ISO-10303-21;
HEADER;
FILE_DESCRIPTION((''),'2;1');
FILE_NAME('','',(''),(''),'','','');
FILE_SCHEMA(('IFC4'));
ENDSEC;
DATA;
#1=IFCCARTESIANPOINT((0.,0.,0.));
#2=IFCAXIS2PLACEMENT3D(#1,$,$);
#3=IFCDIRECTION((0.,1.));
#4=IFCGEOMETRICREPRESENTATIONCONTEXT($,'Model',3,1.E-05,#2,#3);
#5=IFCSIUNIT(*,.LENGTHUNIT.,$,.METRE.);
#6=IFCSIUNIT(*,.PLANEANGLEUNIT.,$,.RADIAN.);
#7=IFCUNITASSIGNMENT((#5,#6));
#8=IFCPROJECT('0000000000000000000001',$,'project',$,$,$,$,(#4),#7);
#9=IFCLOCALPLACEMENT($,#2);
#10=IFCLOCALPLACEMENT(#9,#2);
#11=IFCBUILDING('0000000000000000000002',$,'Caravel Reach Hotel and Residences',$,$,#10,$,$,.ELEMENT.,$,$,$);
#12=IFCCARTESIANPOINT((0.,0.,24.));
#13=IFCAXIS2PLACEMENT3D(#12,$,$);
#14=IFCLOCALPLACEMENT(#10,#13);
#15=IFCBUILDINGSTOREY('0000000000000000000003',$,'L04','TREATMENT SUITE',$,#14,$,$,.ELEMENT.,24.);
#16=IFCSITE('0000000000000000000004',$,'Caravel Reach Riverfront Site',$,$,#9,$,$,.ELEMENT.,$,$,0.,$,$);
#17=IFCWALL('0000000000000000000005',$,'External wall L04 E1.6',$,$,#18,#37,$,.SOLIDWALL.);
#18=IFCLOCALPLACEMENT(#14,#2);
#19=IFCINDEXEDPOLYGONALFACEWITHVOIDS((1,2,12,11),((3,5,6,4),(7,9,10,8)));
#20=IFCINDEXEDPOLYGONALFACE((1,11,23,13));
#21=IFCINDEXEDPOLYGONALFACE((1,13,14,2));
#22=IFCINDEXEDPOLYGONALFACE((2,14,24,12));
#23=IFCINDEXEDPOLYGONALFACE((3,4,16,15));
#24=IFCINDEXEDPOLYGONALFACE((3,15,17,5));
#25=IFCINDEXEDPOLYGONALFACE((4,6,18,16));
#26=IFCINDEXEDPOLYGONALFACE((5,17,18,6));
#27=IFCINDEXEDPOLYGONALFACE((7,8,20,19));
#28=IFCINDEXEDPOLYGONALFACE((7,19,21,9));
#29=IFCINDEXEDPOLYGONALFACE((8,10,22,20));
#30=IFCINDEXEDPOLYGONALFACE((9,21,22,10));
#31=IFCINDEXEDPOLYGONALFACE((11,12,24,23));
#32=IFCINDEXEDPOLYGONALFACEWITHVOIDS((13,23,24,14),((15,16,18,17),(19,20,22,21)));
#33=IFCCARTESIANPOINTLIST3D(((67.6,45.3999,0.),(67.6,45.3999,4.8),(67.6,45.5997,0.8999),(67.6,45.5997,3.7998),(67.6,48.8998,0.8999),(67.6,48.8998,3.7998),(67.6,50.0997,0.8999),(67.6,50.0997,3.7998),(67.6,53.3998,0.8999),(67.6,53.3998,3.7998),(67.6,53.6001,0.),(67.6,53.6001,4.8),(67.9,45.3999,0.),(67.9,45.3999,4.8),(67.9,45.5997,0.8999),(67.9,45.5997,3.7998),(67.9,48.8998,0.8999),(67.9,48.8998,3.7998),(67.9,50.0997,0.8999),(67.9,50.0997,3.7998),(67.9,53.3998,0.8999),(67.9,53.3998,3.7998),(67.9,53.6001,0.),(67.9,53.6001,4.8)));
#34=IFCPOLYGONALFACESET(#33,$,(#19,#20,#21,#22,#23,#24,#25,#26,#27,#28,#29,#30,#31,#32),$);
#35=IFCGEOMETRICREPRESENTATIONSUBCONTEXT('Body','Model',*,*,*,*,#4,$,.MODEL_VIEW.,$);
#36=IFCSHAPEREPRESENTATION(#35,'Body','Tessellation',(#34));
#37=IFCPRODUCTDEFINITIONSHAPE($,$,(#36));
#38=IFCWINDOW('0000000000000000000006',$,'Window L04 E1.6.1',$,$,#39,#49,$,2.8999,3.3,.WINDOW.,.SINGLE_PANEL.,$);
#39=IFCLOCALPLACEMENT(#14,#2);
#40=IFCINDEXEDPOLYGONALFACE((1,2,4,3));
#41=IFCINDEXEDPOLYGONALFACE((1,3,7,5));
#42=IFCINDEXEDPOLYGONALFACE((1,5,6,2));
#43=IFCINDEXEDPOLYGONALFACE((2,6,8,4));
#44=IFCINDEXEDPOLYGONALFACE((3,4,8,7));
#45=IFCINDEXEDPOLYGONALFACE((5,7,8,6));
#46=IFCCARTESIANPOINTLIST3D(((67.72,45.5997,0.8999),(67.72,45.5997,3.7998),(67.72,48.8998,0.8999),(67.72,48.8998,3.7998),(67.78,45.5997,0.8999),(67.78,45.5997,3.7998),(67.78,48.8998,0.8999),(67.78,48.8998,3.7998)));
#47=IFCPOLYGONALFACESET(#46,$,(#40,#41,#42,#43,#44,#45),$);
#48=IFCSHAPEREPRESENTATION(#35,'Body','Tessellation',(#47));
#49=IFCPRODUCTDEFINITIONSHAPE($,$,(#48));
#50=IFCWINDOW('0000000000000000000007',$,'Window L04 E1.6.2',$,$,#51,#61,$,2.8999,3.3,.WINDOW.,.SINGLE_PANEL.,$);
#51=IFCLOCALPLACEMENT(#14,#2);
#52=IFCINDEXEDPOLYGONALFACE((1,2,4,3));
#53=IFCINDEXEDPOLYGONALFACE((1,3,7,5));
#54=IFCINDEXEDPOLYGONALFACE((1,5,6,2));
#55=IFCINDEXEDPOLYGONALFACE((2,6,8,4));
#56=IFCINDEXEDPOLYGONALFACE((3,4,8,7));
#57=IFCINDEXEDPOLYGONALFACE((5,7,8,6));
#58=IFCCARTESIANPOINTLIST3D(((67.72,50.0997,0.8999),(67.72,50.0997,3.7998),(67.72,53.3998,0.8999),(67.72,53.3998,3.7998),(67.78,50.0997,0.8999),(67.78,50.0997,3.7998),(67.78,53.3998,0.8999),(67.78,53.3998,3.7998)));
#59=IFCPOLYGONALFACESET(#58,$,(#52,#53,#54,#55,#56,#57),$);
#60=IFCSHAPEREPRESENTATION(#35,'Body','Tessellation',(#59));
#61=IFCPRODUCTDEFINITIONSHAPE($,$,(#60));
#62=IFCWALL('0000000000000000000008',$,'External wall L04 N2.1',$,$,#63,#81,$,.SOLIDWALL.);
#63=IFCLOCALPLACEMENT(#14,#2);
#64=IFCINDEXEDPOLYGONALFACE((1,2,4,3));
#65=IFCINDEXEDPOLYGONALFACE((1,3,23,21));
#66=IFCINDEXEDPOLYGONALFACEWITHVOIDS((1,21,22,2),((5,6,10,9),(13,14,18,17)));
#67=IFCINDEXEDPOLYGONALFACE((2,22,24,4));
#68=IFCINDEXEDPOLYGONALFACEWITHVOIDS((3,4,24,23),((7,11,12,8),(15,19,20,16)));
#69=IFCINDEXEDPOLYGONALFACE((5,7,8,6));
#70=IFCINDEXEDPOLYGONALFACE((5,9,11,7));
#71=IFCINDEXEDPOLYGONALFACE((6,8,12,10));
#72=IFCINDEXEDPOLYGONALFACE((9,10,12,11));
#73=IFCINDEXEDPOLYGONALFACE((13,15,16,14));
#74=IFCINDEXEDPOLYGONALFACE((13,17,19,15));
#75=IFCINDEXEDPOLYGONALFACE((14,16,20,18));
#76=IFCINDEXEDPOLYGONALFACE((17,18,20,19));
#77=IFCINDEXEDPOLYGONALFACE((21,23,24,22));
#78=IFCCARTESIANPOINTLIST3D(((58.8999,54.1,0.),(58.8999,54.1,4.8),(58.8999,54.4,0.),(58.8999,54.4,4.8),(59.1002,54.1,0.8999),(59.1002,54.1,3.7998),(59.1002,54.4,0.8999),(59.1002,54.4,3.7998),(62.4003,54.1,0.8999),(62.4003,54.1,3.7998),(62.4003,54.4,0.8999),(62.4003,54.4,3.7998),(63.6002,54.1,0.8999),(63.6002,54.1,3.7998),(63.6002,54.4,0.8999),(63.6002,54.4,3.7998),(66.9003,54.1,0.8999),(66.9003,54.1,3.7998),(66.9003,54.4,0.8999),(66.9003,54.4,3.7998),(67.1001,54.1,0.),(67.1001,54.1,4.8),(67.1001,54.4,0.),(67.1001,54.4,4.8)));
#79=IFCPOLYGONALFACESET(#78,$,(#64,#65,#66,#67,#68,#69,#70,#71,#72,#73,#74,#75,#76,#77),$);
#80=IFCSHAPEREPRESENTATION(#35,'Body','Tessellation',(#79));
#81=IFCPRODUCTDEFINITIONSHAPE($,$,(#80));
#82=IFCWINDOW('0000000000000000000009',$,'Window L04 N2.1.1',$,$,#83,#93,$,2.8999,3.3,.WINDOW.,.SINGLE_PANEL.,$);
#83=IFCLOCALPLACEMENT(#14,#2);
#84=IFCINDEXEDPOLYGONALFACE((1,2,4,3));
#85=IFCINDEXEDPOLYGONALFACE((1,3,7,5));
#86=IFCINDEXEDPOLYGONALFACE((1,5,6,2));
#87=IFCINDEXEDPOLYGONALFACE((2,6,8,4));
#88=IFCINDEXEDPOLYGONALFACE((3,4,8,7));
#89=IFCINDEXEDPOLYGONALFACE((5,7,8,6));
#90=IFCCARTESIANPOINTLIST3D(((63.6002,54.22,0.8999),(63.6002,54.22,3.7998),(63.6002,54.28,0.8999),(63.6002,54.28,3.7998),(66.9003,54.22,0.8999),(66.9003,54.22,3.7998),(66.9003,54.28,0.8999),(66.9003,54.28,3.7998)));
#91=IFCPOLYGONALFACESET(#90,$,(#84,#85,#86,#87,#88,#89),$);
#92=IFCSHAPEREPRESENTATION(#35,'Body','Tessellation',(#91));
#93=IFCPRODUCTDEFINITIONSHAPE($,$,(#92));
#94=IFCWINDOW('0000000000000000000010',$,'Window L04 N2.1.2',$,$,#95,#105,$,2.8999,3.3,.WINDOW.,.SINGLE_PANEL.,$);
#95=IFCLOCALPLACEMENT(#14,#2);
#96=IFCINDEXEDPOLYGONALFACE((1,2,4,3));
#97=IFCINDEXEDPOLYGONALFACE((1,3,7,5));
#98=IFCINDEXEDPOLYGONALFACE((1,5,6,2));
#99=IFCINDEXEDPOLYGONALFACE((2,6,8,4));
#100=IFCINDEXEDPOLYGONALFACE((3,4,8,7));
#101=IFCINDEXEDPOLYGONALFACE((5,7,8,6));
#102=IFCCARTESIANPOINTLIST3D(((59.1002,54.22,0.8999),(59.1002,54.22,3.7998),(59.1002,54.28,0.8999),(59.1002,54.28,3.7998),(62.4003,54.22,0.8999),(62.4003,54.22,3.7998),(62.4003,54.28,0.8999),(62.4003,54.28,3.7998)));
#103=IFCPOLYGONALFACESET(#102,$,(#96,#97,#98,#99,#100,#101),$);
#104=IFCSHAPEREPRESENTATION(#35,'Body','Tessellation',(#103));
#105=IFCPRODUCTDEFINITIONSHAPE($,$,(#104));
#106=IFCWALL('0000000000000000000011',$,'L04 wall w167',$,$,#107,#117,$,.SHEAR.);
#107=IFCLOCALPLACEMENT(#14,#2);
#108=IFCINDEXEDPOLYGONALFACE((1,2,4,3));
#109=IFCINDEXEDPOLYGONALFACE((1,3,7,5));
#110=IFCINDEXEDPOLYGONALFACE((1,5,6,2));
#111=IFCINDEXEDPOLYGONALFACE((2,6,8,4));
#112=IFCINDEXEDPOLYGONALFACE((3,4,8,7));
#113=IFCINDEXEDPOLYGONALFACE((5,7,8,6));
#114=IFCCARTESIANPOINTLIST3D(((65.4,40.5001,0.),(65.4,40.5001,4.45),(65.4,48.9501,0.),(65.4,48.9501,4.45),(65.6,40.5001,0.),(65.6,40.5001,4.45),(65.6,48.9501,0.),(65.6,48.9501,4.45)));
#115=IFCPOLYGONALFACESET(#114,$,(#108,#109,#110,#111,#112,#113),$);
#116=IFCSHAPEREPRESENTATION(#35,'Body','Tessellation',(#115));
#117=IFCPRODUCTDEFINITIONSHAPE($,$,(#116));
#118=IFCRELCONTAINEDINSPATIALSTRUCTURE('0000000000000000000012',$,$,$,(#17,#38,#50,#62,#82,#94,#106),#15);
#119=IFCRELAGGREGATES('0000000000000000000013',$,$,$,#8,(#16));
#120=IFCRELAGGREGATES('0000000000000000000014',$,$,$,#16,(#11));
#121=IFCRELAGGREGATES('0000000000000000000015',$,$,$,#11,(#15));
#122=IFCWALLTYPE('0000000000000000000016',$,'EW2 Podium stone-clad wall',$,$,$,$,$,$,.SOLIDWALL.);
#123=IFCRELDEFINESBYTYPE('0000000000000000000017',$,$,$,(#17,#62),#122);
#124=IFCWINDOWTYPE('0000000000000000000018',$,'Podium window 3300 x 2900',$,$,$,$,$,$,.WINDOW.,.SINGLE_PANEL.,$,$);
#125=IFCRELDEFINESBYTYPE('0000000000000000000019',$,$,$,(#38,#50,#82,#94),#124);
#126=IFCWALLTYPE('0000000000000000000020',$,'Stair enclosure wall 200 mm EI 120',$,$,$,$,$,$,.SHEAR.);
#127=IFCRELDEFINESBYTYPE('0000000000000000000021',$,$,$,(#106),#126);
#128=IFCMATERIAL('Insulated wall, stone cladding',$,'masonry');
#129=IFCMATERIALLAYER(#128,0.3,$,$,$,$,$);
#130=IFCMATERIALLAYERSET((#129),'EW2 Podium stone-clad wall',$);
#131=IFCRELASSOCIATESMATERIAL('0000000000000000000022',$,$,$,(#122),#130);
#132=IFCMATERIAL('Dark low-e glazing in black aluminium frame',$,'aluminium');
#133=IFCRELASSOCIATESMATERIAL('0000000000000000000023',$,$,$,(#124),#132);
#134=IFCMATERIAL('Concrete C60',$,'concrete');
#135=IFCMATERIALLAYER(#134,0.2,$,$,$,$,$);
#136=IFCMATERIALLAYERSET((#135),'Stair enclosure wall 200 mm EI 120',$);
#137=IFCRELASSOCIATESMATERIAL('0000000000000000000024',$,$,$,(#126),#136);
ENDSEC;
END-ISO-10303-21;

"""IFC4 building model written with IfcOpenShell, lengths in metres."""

from ifc_helpers import new_model, si_unit, direction, frame, frame_2d, origin, place, context, subcontext, project, spatial, rectangle, extrude, material, layer, layer_set, type_object, element, fill, save


model = new_model("IFC4")

# Units and contexts
model_context = context("Model", 3, precision=1e-05, world=origin(), true_north=direction((0.0, 1.0)))
body_context = subcontext(model_context, "Body", "Model", "MODEL_VIEW")
ifc_project = project(units=[si_unit("LENGTHUNIT", "METRE"), si_unit("PLANEANGLEUNIT", "RADIAN")], contexts=[model_context])

# Site, building, storey
site_placement = place(None, origin())
site = spatial("IfcSite", under=ifc_project, at=site_placement, Name="Caravel Reach Riverfront Site", CompositionType="ELEMENT", RefElevation=0.0)
building_placement = place(site_placement, origin())
building = spatial("IfcBuilding", under=site, at=building_placement, Name="Caravel Reach Hotel and Residences", CompositionType="ELEMENT")
storey_placement = place(building_placement, frame((0.0, 0.0, 24.0)))
storey = spatial("IfcBuildingStorey", under=building, at=storey_placement, Name="L04", Description="TREATMENT SUITE", CompositionType="ELEMENT", Elevation=24.0)

# Walls, openings, windows
ifc_material_1 = material(Name="Insulated wall, stone cladding", Category="masonry")
ifc_layer_1 = layer(ifc_material_1, 0.3)
ifc_layer_set_1 = layer_set([ifc_layer_1], Name="EW2 Podium stone-clad wall")
wall_type_1 = type_object("IfcWallType", Name="EW2 Podium stone-clad wall", PredefinedType="SOLIDWALL", material=ifc_layer_set_1)
wall_1_placement = place(storey_placement, frame((67.75, 45.3999, 0.0), z_axis=(0.0, 0.0, 1.0), x_axis=(0.0, 1.0, 0.0)))
wall_1 = element("IfcWall", 1, at=wall_1_placement, inside=storey, type_object=wall_type_1, Name="External wall L04 E1.6", PredefinedType="SOLIDWALL", context=body_context, shape_type="SweptSolid", body=[
    extrude(rectangle(XDim=8.2002, YDim=0.3, at=frame_2d((4.1001, 0.0))), origin(), (0.0, 0.0, 1.0), 4.8),
])
opening_1_placement = place(wall_1_placement, frame((0.2, 0.0, 0.8999)))
opening_1 = element("IfcOpeningElement", 2, at=opening_1_placement, cuts=wall_1, PredefinedType="OPENING", context=body_context, shape_type="SweptSolid", body=[
    extrude(rectangle(XDim=3.3, YDim=2.8999, at=frame_2d((1.6499, 1.45))), frame((0.0, 0.1599, 0.0), z_axis=(0.0, -1.0, 0.0), x_axis=(1.0, 0.0, 0.0)), (0.0, 0.0, 1.0), 0.3201),
])
opening_2_placement = place(wall_1_placement, frame((4.7, 0.0, 0.8999)))
opening_2 = element("IfcOpeningElement", 3, at=opening_2_placement, cuts=wall_1, PredefinedType="OPENING", context=body_context, shape_type="SweptSolid", body=[
    extrude(rectangle(XDim=3.3, YDim=2.8999, at=frame_2d((1.6499, 1.45))), frame((0.0, 0.1599, 0.0), z_axis=(0.0, -1.0, 0.0), x_axis=(1.0, 0.0, 0.0)), (0.0, 0.0, 1.0), 0.3201),
])
ifc_material_2 = material(Name="Dark low-e glazing in black aluminium frame", Category="aluminium")
window_type = type_object("IfcWindowType", Name="Podium window 3300 x 2900", PartitioningType="SINGLE_PANEL", PredefinedType="WINDOW", material=ifc_material_2)
window_1_placement = place(opening_1_placement, origin())
window_1 = element("IfcWindow", 4, at=window_1_placement, inside=storey, type_object=window_type, Name="Window L04 E1.6.1", OverallHeight=2.8999, OverallWidth=3.3, PartitioningType="SINGLE_PANEL", PredefinedType="WINDOW", context=body_context, shape_type="SweptSolid", body=[
    extrude(rectangle(XDim=3.3, YDim=2.8999, at=frame_2d((1.6499, 1.45))), frame((0.0, 0.03, 0.0), z_axis=(0.0, -1.0, 0.0), x_axis=(1.0, 0.0, 0.0)), (0.0, 0.0, 1.0), 0.0601),
])
fill(opening_1, window_1)
window_2_placement = place(opening_2_placement, origin())
window_2 = element("IfcWindow", 5, at=window_2_placement, inside=storey, type_object=window_type, Name="Window L04 E1.6.2", OverallHeight=2.8999, OverallWidth=3.3, PartitioningType="SINGLE_PANEL", PredefinedType="WINDOW", context=body_context, shape_type="SweptSolid", body=[
    extrude(rectangle(XDim=3.3, YDim=2.8999, at=frame_2d((1.6499, 1.45))), frame((0.0, 0.03, 0.0), z_axis=(0.0, -1.0, 0.0), x_axis=(1.0, 0.0, 0.0)), (0.0, 0.0, 1.0), 0.0601),
])
fill(opening_2, window_2)
wall_2_placement = place(storey_placement, frame((67.1001, 54.25, 0.0), z_axis=(0.0, 0.0, 1.0), x_axis=(-1.0, 0.0, 0.0)))
wall_2 = element("IfcWall", 6, at=wall_2_placement, inside=storey, type_object=wall_type_1, Name="External wall L04 N2.1", PredefinedType="SOLIDWALL", context=body_context, shape_type="SweptSolid", body=[
    extrude(rectangle(XDim=8.2002, YDim=0.3, at=frame_2d((4.1001, 0.0))), origin(), (0.0, 0.0, 1.0), 4.8),
])
opening_3_placement = place(wall_2_placement, frame((0.2, 0.0, 0.8999)))
opening_3 = element("IfcOpeningElement", 7, at=opening_3_placement, cuts=wall_2, PredefinedType="OPENING", context=body_context, shape_type="SweptSolid", body=[
    extrude(rectangle(XDim=3.3, YDim=2.8999, at=frame_2d((1.6499, 1.45))), frame((0.0, 0.1599, 0.0), z_axis=(0.0, -1.0, 0.0), x_axis=(1.0, 0.0, 0.0)), (0.0, 0.0, 1.0), 0.3201),
])
opening_4_placement = place(wall_2_placement, frame((4.7, 0.0, 0.8999)))
opening_4 = element("IfcOpeningElement", 8, at=opening_4_placement, cuts=wall_2, PredefinedType="OPENING", context=body_context, shape_type="SweptSolid", body=[
    extrude(rectangle(XDim=3.3, YDim=2.8999, at=frame_2d((1.6499, 1.45))), frame((0.0, 0.1599, 0.0), z_axis=(0.0, -1.0, 0.0), x_axis=(1.0, 0.0, 0.0)), (0.0, 0.0, 1.0), 0.3201),
])
window_3_placement = place(opening_3_placement, origin())
window_3 = element("IfcWindow", 9, at=window_3_placement, inside=storey, type_object=window_type, Name="Window L04 N2.1.1", OverallHeight=2.8999, OverallWidth=3.3, PartitioningType="SINGLE_PANEL", PredefinedType="WINDOW", context=body_context, shape_type="SweptSolid", body=[
    extrude(rectangle(XDim=3.3, YDim=2.8999, at=frame_2d((1.6499, 1.45))), frame((0.0, 0.03, 0.0), z_axis=(0.0, -1.0, 0.0), x_axis=(1.0, 0.0, 0.0)), (0.0, 0.0, 1.0), 0.0601),
])
fill(opening_3, window_3)
window_4_placement = place(opening_4_placement, origin())
window_4 = element("IfcWindow", 10, at=window_4_placement, inside=storey, type_object=window_type, Name="Window L04 N2.1.2", OverallHeight=2.8999, OverallWidth=3.3, PartitioningType="SINGLE_PANEL", PredefinedType="WINDOW", context=body_context, shape_type="SweptSolid", body=[
    extrude(rectangle(XDim=3.3, YDim=2.8999, at=frame_2d((1.6499, 1.45))), frame((0.0, 0.03, 0.0), z_axis=(0.0, -1.0, 0.0), x_axis=(1.0, 0.0, 0.0)), (0.0, 0.0, 1.0), 0.0601),
])
fill(opening_4, window_4)

# Wall
ifc_material_3 = material(Name="Concrete C60", Category="concrete")
ifc_layer_2 = layer(ifc_material_3, 0.2)
ifc_layer_set_2 = layer_set([ifc_layer_2], Name="Stair enclosure wall 200 mm EI 120")
wall_type_2 = type_object("IfcWallType", Name="Stair enclosure wall 200 mm EI 120", PredefinedType="SHEAR", material=ifc_layer_set_2)
wall_3_placement = place(storey_placement, frame((65.5, 40.5, 0.0), z_axis=(0.0, 0.0, 1.0), x_axis=(0.0, 1.0, 0.0)))
element("IfcWall", 11, at=wall_3_placement, inside=storey, type_object=wall_type_2, Name="L04 wall w167", PredefinedType="SHEAR", context=body_context, shape_type="SweptSolid", body=[
    extrude(rectangle(XDim=8.45, YDim=0.2, at=frame_2d((4.2251, 0.0))), origin(), (0.0, 0.0, 1.0), 4.45),
])

save(model, "model.ifc")
